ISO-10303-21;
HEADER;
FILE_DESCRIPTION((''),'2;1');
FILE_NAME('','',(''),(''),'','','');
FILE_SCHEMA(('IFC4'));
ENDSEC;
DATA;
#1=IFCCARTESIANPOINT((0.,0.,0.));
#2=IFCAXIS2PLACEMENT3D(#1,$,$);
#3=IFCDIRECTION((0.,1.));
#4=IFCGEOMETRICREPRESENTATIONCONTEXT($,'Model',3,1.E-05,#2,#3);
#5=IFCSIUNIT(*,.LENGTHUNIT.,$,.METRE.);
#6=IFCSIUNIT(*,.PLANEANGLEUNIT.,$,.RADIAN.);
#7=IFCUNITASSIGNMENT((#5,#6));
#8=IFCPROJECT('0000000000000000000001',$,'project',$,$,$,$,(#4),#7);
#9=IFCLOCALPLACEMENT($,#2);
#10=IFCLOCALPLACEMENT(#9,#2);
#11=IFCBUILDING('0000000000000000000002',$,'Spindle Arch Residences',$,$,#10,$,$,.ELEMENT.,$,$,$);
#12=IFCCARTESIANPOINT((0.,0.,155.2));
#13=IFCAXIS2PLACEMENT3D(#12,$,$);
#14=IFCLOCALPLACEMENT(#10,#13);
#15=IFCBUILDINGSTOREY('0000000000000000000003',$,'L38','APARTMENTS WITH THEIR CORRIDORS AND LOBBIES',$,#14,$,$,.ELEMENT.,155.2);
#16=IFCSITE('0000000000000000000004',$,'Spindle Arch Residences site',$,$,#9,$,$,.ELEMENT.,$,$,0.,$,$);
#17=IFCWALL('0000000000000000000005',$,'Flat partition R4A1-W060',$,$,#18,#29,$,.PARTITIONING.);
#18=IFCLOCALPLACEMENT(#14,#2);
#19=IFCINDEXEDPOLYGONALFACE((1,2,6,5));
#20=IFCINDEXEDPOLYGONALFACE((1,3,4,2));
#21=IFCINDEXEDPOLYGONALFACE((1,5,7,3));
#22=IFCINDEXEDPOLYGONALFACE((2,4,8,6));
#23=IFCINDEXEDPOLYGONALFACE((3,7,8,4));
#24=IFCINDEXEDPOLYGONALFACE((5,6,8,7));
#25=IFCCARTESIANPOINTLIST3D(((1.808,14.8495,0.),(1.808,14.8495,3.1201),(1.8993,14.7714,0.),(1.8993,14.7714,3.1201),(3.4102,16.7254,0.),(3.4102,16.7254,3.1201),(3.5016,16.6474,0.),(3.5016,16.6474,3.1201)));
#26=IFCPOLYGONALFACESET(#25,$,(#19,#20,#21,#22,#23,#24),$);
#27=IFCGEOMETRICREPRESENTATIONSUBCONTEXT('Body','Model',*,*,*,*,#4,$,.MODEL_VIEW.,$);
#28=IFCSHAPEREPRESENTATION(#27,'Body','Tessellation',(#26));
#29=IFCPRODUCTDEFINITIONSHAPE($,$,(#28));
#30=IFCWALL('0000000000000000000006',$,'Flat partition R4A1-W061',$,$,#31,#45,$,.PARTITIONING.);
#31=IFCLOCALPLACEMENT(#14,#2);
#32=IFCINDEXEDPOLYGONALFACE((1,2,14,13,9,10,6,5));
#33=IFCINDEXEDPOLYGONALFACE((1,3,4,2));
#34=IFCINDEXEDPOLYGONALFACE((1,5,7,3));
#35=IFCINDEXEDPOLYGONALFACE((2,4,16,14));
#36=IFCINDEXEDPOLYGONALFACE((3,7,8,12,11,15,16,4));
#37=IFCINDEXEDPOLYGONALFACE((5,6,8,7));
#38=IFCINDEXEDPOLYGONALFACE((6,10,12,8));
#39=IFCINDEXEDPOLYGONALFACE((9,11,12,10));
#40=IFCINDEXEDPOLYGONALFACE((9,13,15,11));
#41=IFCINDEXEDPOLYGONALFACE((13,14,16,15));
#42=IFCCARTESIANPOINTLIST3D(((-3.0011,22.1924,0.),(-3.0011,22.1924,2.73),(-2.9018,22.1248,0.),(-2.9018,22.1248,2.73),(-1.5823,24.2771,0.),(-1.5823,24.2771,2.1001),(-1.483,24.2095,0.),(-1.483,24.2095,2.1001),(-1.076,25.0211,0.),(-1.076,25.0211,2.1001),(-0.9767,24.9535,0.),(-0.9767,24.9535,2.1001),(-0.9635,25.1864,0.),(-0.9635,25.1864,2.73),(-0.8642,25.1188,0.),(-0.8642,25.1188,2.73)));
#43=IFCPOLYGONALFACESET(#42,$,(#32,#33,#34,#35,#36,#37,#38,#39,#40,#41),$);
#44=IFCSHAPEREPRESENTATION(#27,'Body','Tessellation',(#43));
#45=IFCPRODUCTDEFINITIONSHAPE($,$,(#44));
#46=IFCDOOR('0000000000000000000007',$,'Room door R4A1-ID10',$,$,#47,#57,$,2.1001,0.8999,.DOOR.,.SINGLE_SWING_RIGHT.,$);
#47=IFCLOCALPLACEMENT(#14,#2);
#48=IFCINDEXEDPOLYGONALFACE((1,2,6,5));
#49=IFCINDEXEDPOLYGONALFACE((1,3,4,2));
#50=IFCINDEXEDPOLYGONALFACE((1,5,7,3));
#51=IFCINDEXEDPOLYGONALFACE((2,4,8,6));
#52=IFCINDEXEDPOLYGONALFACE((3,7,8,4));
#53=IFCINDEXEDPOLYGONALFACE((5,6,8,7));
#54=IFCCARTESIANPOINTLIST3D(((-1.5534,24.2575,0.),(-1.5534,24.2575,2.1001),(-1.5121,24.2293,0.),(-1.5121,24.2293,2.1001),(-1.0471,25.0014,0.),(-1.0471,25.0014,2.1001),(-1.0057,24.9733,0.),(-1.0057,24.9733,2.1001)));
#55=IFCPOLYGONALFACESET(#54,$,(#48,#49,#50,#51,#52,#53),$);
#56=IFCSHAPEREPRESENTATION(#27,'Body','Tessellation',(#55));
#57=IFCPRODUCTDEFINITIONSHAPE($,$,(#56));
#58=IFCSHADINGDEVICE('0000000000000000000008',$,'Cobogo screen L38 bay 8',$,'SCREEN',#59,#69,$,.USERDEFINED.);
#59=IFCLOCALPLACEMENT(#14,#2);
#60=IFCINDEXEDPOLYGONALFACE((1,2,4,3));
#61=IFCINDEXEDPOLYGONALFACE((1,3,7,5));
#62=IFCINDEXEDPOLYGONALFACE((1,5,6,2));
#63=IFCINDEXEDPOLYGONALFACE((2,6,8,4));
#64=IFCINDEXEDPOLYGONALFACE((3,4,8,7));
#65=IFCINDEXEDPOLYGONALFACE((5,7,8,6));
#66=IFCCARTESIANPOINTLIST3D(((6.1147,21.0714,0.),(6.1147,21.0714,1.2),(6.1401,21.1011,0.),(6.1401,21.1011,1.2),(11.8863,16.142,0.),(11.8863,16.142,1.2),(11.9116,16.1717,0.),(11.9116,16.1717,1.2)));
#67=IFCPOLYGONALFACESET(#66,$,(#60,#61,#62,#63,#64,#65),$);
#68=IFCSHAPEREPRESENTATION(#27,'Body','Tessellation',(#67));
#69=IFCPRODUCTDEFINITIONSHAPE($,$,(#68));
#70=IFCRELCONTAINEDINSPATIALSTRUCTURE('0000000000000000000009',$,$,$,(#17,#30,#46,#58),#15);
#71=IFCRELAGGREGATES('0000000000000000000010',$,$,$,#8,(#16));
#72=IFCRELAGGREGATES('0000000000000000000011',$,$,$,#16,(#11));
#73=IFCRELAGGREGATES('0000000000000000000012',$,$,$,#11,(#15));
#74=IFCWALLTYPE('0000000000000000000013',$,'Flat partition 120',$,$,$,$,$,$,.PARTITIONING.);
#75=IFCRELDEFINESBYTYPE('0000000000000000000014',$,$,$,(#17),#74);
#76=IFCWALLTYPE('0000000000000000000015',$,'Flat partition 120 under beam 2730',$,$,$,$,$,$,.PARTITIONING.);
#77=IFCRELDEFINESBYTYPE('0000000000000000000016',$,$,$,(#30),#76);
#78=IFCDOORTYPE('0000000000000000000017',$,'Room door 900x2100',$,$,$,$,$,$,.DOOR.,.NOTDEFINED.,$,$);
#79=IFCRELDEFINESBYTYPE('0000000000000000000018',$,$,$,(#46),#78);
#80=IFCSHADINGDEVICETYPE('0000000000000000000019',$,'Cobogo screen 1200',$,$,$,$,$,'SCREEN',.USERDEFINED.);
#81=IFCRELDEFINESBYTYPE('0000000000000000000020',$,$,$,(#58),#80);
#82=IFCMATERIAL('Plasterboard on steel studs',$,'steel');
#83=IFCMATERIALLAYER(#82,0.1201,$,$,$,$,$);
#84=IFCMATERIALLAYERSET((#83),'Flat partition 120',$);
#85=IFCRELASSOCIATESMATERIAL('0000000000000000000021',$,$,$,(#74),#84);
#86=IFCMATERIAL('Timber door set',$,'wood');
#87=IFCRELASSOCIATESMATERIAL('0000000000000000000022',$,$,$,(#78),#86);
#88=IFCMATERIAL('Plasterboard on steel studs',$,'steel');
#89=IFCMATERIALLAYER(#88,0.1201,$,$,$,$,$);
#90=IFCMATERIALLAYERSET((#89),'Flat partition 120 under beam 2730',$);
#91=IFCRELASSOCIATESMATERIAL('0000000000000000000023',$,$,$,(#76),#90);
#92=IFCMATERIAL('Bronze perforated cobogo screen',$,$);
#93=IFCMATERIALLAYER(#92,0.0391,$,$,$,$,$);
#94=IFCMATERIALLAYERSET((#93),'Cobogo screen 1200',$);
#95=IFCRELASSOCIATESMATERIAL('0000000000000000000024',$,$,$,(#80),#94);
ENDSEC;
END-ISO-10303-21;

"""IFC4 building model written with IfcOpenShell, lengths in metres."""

from ifc_helpers import new_model, si_unit, direction, frame, frame_2d, origin, origin_2d, place, context, subcontext, project, spatial, rectangle, extrude, material, layer, layer_set, type_object, element, fill, save


model = new_model("IFC4")

# Units and contexts
model_context = context("Model", 3, precision=1e-05, world=origin(), true_north=direction((0.0, 1.0)))
body_context = subcontext(model_context, "Body", "Model", "MODEL_VIEW")
ifc_project = project(units=[si_unit("LENGTHUNIT", "METRE"), si_unit("PLANEANGLEUNIT", "RADIAN")], contexts=[model_context])

# Site, building, storey
site_placement = place(None, origin())
site = spatial("IfcSite", under=ifc_project, at=site_placement, Name="Spindle Arch Residences site", CompositionType="ELEMENT", RefElevation=0.0)
building_placement = place(site_placement, origin())
building = spatial("IfcBuilding", under=site, at=building_placement, Name="Spindle Arch Residences", CompositionType="ELEMENT")
storey_placement = place(building_placement, frame((0.0, 0.0, 155.2)))
storey = spatial("IfcBuildingStorey", under=building, at=storey_placement, Name="L38", Description="APARTMENTS WITH THEIR CORRIDORS AND LOBBIES", CompositionType="ELEMENT", Elevation=155.2)

# Shared definitions
ifc_material_1 = material(Name="Plasterboard on steel studs", Category="steel")
ifc_layer_1 = layer(ifc_material_1, 0.1201)
ifc_layer_set_1 = layer_set([ifc_layer_1], Name="Flat partition 120")
wall_type_1 = type_object("IfcWallType", Name="Flat partition 120", PredefinedType="PARTITIONING", material=ifc_layer_set_1)
ifc_material_2 = material(Name="Timber door set", Category="wood")
door_type_1 = type_object("IfcDoorType", Name="Room door 900x2100", OperationType="NOTDEFINED", PredefinedType="DOOR", material=ifc_material_2)

# Wall
wall_1_placement = place(storey_placement, frame((3.4558, 16.6863, 0.0), z_axis=(0.0, 0.0, 1.0), x_axis=(-0.649462, -0.760394, 0.0)))
element("IfcWall", 1, at=wall_1_placement, inside=storey, type_object=wall_type_1, Name="Flat partition R4A1-W060", PredefinedType="PARTITIONING", context=body_context, shape_type="SweptSolid", body=[
    extrude(rectangle(XDim=2.467, YDim=0.1201, at=frame_2d((1.2334, 0.0))), origin(), (0.0, 0.0, 1.0), 3.1201),
])

# Wall, opening, door
ifc_material_3 = material(Name="Plasterboard on steel studs", Category="steel")
ifc_layer_2 = layer(ifc_material_3, 0.1201)
ifc_layer_set_2 = layer_set([ifc_layer_2], Name="Flat partition 120 under beam 2730")
wall_type_2 = type_object("IfcWallType", Name="Flat partition 120 under beam 2730", PredefinedType="PARTITIONING", material=ifc_layer_set_2)
wall_2_placement = place(storey_placement, frame((-0.9138, 25.1526, 0.0), z_axis=(0.0, 0.0, 1.0), x_axis=(-0.56264, -0.826702, 0.0)))
wall_2 = element("IfcWall", 2, at=wall_2_placement, inside=storey, type_object=wall_type_2, Name="Flat partition R4A1-W061", PredefinedType="PARTITIONING", context=body_context, shape_type="SweptSolid", body=[
    extrude(rectangle(XDim=3.6216, YDim=0.1201, at=frame_2d((1.8108, 0.0))), origin(), (0.0, 0.0, 1.0), 2.73),
])
opening_1_placement = place(wall_2_placement, frame((0.2, 0.0, 0.0)))
opening_1 = element("IfcOpeningElement", 3, at=opening_1_placement, cuts=wall_2, PredefinedType="OPENING", context=body_context, shape_type="SweptSolid", body=[
    extrude(rectangle(XDim=0.8999, YDim=2.1001, at=frame_2d((0.45, 1.05))), frame((0.0, 0.0701, 0.0), z_axis=(0.0, -1.0, 0.0), x_axis=(1.0, 0.0, 0.0)), (0.0, 0.0, 1.0), 0.1401),
])
door_1_placement = place(opening_1_placement, origin())
door_1 = element("IfcDoor", 4, at=door_1_placement, inside=storey, type_object=door_type_1, Name="Room door R4A1-ID10", OperationType="SINGLE_SWING_RIGHT", OverallHeight=2.1001, OverallWidth=0.8999, PredefinedType="DOOR", context=body_context, shape_type="SweptSolid", body=[
    extrude(rectangle(XDim=0.8999, YDim=2.1001, at=frame_2d((0.45, 1.05))), frame((0.0, 0.0249, 0.0), z_axis=(0.0, -1.0, 0.0), x_axis=(1.0, 0.0, 0.0)), (0.0, 0.0, 1.0), 0.05),
])
fill(opening_1, door_1)

# Shading device
ifc_material_4 = material(Name="Bronze perforated cobogo screen")
ifc_layer_3 = layer(ifc_material_4, 0.0391)
ifc_layer_set_3 = layer_set([ifc_layer_3], Name="Cobogo screen 1200")
shading_device_type = type_object("IfcShadingDeviceType", Name="Cobogo screen 1200", ElementType="SCREEN", PredefinedType="USERDEFINED", material=ifc_layer_set_3)
shading_device_placement = place(storey_placement, frame((9.0132, 18.6216, 0.0), z_axis=(0.0, 0.0, 1.0), x_axis=(-0.760406, 0.649448, 0.0)))
element("IfcShadingDevice", 5, at=shading_device_placement, inside=storey, type_object=shading_device_type, Name="Cobogo screen L38 bay 8", ObjectType="SCREEN", PredefinedType="USERDEFINED", context=body_context, shape_type="SweptSolid", body=[
    extrude(rectangle(XDim=7.5901, YDim=0.0391, at=origin_2d()), origin(), (0.0, 0.0, 1.0), 1.2),
])

save(model, "model.ifc")
